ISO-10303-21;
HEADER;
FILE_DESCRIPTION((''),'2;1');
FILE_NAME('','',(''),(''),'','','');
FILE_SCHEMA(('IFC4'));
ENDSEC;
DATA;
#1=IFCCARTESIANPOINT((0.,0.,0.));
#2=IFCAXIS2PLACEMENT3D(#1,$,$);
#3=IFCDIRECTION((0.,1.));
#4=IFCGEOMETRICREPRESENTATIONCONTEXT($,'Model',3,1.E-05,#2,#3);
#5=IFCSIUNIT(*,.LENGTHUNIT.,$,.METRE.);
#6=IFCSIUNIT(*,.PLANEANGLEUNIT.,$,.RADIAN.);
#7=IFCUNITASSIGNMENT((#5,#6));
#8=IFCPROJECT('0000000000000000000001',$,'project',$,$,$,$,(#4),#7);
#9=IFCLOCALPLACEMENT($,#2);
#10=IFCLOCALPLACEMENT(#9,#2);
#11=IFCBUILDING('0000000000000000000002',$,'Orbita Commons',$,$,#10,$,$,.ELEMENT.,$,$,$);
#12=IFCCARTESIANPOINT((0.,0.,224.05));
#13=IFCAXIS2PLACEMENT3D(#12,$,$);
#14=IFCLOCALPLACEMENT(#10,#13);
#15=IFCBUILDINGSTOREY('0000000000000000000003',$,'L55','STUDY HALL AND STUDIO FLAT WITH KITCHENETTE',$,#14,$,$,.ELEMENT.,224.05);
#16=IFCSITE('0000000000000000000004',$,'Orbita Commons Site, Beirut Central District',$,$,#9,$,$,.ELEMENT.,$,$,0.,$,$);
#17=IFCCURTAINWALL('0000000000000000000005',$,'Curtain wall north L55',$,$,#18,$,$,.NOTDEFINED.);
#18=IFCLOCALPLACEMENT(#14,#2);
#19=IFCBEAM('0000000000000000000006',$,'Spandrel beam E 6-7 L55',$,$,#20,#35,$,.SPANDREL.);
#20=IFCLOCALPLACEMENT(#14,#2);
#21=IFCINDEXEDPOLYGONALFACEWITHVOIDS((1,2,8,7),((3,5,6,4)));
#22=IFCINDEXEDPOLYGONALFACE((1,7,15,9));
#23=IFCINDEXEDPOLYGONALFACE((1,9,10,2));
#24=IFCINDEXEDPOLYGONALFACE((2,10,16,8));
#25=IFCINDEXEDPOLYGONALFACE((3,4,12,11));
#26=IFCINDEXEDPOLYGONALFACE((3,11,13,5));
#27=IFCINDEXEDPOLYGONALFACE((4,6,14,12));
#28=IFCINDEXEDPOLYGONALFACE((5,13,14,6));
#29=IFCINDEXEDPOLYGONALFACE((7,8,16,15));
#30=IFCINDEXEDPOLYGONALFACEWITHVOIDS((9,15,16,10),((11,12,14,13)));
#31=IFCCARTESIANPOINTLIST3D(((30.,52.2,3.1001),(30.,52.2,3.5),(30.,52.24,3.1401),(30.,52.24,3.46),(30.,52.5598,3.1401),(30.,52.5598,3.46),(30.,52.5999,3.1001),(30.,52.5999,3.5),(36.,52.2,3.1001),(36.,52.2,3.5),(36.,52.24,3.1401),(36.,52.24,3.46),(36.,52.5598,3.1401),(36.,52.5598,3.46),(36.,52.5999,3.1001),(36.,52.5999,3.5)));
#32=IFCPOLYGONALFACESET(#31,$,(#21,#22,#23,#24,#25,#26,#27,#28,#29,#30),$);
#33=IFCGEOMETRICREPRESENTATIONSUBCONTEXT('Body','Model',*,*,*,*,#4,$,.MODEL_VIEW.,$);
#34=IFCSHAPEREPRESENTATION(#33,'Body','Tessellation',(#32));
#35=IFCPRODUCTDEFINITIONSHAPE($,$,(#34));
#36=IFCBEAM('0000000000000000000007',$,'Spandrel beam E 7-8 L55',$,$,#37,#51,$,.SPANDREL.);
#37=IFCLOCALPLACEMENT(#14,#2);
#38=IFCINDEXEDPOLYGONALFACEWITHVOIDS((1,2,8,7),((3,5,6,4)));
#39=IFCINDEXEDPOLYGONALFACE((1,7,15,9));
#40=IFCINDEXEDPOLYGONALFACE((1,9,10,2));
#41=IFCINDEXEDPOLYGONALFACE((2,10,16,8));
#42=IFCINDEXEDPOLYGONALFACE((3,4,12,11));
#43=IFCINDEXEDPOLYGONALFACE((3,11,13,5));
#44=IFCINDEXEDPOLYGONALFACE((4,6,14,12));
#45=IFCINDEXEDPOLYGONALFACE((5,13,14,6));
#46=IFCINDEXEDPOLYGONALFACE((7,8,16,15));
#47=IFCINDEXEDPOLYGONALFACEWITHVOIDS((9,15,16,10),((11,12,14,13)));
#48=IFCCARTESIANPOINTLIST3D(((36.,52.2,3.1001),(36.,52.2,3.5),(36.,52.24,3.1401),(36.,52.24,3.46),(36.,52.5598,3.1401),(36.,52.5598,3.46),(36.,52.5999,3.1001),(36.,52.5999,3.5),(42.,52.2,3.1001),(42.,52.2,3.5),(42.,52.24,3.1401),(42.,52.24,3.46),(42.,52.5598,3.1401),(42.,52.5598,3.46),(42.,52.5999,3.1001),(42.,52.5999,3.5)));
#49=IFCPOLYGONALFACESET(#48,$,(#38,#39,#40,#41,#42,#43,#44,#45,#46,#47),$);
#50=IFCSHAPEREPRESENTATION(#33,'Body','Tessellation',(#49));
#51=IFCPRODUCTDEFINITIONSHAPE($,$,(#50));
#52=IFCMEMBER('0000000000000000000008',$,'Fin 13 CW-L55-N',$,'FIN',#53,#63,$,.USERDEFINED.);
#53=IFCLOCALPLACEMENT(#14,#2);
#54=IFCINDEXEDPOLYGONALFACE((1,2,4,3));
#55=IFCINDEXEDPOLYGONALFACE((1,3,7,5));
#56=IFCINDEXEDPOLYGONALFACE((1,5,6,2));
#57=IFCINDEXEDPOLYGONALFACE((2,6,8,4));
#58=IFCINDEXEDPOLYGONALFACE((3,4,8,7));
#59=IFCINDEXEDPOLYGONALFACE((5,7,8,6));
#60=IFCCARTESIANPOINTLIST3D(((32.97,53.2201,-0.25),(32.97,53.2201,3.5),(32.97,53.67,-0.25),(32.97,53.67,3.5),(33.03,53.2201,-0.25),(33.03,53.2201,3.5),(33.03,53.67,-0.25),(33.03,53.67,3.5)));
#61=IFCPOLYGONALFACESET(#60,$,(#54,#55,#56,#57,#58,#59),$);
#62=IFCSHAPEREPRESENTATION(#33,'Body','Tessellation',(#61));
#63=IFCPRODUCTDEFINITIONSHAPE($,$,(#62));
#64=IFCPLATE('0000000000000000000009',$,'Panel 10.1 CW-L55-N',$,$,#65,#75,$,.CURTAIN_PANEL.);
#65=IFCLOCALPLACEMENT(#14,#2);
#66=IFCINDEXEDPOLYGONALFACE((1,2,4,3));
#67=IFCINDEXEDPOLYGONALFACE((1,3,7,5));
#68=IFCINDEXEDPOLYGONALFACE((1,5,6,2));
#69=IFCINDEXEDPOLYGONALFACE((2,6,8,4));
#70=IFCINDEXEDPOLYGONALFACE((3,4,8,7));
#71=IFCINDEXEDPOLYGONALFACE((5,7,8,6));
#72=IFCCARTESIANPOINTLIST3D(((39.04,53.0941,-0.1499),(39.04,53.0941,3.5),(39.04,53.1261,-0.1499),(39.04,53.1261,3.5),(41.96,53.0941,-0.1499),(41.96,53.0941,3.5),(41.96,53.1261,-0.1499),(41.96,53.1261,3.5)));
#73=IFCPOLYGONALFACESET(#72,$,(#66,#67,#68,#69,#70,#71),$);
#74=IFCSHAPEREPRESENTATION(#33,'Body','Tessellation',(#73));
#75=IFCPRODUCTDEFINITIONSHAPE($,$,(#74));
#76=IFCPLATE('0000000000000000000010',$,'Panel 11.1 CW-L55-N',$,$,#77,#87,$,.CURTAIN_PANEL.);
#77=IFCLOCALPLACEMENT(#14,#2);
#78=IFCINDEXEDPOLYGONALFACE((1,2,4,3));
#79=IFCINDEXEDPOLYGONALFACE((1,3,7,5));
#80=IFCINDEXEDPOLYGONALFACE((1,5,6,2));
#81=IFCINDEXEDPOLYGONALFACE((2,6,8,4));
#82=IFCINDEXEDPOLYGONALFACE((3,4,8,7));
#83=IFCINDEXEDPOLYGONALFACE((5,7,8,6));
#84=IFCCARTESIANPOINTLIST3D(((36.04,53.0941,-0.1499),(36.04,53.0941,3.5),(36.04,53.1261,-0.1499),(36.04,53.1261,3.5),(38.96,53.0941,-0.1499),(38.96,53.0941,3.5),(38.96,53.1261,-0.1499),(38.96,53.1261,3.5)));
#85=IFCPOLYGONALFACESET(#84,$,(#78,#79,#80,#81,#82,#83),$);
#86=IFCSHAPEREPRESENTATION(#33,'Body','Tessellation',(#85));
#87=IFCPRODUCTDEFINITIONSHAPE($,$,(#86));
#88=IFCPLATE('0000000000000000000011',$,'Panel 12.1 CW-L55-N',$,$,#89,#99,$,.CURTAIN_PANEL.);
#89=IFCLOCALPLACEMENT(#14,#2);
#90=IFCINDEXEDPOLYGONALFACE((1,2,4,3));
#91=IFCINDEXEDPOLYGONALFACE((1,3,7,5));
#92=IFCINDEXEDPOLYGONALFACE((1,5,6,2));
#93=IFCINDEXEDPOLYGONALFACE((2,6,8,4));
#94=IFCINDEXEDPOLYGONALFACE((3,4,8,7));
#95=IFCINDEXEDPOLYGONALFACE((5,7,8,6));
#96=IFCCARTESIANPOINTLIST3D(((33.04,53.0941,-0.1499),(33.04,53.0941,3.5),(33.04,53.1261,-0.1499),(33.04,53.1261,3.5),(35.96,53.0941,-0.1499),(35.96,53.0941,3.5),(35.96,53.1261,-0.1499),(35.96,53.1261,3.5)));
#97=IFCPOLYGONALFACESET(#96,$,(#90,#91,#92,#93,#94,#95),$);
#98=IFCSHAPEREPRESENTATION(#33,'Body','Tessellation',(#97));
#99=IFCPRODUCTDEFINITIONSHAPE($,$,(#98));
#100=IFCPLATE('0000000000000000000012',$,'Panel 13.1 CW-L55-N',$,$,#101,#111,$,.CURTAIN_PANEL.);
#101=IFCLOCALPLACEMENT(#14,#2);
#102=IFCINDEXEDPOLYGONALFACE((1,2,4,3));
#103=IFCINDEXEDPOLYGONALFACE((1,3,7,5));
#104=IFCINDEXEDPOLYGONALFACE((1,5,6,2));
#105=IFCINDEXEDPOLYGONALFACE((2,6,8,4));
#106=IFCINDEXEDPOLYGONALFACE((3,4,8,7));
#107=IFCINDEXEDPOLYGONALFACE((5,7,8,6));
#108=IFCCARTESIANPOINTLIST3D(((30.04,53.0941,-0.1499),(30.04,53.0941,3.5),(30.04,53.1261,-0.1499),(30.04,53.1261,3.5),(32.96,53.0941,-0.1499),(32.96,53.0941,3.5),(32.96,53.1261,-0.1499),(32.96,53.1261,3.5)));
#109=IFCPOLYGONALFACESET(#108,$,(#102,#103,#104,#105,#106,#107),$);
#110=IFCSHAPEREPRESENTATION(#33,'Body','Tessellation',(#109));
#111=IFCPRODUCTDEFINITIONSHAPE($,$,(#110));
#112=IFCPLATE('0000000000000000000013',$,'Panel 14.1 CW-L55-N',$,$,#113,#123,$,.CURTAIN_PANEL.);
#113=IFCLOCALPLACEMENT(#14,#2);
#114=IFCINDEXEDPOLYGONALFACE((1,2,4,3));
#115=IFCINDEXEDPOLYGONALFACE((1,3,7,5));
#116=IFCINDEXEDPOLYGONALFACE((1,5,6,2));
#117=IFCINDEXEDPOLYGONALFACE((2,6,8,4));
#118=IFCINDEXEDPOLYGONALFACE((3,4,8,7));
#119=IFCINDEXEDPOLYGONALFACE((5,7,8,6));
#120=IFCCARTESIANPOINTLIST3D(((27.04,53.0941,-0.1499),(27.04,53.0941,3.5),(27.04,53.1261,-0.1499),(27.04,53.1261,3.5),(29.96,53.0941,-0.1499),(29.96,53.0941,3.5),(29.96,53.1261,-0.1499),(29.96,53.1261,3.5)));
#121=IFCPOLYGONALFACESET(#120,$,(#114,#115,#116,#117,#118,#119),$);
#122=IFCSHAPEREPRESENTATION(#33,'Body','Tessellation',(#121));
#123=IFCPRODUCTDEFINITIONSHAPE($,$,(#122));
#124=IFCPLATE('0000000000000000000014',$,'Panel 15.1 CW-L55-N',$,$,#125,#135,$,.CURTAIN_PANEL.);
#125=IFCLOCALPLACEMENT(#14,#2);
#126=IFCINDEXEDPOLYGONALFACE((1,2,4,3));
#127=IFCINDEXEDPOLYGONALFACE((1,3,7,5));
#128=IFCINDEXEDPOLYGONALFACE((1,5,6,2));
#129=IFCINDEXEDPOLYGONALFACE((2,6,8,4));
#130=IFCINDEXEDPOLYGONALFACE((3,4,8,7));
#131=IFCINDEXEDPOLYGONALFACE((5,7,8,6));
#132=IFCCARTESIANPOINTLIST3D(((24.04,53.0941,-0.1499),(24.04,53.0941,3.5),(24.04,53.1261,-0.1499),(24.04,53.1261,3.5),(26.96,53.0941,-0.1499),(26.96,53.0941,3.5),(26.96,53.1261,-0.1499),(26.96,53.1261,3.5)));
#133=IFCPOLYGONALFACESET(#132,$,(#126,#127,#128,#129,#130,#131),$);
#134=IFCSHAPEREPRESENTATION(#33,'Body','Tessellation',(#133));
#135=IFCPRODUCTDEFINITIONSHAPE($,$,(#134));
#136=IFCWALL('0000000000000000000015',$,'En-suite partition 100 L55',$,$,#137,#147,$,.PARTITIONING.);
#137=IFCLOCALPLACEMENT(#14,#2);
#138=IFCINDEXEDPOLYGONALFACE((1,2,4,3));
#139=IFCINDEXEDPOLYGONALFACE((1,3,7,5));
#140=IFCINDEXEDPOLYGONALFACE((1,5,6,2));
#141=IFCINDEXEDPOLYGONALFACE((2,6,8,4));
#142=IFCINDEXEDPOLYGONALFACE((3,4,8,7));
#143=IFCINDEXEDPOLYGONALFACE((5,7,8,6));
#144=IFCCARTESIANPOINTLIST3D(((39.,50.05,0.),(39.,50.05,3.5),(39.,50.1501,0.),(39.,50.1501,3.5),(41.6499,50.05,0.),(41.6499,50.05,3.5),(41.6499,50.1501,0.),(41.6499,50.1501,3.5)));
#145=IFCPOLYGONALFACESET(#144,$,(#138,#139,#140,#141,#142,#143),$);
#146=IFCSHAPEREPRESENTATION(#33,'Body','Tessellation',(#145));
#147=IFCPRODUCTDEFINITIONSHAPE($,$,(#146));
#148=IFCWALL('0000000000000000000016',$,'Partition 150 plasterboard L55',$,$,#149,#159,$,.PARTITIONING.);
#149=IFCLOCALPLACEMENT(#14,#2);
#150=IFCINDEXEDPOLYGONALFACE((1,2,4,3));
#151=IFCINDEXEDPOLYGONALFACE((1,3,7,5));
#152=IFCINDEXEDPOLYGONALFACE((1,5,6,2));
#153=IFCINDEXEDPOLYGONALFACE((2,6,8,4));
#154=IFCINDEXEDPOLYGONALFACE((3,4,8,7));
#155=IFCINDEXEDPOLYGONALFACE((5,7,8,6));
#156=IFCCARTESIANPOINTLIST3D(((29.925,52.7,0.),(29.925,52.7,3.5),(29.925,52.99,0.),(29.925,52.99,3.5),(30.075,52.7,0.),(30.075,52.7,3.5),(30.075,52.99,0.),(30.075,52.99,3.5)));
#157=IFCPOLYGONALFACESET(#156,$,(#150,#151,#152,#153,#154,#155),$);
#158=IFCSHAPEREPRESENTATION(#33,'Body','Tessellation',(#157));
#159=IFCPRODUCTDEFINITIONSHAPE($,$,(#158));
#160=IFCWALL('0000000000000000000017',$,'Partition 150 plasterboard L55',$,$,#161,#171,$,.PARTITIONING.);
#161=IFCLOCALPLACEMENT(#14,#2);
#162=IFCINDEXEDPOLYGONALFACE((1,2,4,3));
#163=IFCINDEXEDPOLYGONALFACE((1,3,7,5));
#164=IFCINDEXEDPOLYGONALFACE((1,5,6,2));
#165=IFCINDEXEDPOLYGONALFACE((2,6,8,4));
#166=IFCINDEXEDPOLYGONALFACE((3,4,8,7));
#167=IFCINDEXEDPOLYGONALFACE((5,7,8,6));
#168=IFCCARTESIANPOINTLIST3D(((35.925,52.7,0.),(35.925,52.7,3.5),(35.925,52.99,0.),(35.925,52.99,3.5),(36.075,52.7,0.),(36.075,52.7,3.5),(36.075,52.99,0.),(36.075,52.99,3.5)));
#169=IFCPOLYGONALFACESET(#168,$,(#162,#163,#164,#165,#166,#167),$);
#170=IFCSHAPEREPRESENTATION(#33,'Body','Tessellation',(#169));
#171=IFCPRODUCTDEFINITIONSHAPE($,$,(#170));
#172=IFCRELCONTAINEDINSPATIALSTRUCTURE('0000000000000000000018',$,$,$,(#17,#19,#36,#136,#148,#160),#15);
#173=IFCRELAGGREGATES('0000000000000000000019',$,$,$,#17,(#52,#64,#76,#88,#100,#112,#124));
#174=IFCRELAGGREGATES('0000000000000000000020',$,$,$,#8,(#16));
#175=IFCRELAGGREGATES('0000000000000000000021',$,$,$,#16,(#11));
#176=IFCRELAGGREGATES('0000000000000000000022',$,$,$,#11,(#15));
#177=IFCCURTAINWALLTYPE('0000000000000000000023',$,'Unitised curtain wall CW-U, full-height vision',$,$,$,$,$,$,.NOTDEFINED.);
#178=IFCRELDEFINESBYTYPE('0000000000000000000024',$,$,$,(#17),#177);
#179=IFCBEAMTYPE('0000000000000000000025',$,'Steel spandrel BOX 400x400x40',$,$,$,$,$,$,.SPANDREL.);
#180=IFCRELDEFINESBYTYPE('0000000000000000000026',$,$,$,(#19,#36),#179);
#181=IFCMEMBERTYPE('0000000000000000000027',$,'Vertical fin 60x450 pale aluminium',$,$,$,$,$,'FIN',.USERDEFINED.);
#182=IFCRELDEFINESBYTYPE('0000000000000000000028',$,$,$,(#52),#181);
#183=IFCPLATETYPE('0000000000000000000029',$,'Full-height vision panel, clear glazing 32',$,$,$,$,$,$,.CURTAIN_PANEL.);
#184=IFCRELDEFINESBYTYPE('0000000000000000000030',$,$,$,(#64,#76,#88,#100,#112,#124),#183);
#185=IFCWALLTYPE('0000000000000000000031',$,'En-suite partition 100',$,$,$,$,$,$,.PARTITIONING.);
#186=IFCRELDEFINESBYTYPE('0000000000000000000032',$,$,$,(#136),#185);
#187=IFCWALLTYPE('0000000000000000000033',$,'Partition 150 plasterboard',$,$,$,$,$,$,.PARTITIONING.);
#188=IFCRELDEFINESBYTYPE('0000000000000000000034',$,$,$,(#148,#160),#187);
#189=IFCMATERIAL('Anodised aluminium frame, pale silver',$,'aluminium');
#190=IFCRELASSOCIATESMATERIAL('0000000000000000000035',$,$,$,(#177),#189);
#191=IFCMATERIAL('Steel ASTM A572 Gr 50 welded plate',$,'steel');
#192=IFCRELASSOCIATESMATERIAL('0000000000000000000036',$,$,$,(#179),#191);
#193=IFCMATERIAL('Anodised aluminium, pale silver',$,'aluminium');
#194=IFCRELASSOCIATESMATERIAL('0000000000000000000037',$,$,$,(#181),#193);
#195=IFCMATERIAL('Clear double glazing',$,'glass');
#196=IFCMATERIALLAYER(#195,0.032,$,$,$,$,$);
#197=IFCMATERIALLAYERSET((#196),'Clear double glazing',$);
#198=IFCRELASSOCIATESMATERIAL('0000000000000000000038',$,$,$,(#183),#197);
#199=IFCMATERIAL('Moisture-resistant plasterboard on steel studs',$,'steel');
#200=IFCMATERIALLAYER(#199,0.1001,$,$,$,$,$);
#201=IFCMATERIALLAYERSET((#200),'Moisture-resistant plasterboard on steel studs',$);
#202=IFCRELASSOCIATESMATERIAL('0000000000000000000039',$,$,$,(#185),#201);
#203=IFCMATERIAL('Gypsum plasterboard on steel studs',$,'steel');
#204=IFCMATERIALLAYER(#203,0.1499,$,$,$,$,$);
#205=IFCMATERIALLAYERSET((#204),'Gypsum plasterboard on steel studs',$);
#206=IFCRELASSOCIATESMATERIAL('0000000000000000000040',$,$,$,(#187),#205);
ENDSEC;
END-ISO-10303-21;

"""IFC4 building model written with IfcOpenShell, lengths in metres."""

from ifc_helpers import new_model, si_unit, direction, frame, frame_2d, origin, origin_2d, place, context, subcontext, project, spatial, rectangle, hollow_rectangle, extrude, material, layer, layer_set, material_profile, profile_set, type_object, element, aggregate, save


model = new_model("IFC4")

# Units and contexts
model_context = context("Model", 3, precision=1e-05, world=origin(), true_north=direction((0.0, 1.0)))
body_context = subcontext(model_context, "Body", "Model", "MODEL_VIEW")
ifc_project = project(units=[si_unit("LENGTHUNIT", "METRE"), si_unit("PLANEANGLEUNIT", "RADIAN")], contexts=[model_context])

# Site, building, storey
site_placement = place(None, origin())
site = spatial("IfcSite", under=ifc_project, at=site_placement, Name="Orbita Commons Site, Beirut Central District", CompositionType="ELEMENT", RefElevation=0.0)
building_placement = place(site_placement, origin())
building = spatial("IfcBuilding", under=site, at=building_placement, Name="Orbita Commons", CompositionType="ELEMENT")
storey_placement = place(building_placement, frame((0.0, 0.0, 224.05)))
storey = spatial("IfcBuildingStorey", under=building, at=storey_placement, Name="L55", Description="STUDY HALL AND STUDIO FLAT WITH KITCHENETTE", CompositionType="ELEMENT", Elevation=224.05)

# Curtain wall
ifc_material_1 = material(Name="Anodised aluminium frame, pale silver", Category="aluminium")
curtain_wall_type = type_object("IfcCurtainWallType", Name="Unitised curtain wall CW-U, full-height vision", PredefinedType="NOTDEFINED", material=ifc_material_1)
curtain_wall_placement = place(storey_placement, origin())
curtain_wall = element("IfcCurtainWall", 1, at=curtain_wall_placement, inside=storey, type_object=curtain_wall_type, Name="Curtain wall north L55", PredefinedType="NOTDEFINED")

# Beams
ifc_material_2 = material(Name="Steel ASTM A572 Gr 50 welded plate", Category="steel")
ifc_material_profile_1 = material_profile(ifc_material_2, hollow_rectangle(XDim=0.3999, YDim=0.3999, WallThickness=0.04, at=origin_2d()), Name="BOX 400x400x40")
ifc_profile_set_1 = profile_set([ifc_material_profile_1], Name="Steel ASTM A572 Gr 50 welded plate")
beam_type = type_object("IfcBeamType", Name="Steel spandrel BOX 400x400x40", PredefinedType="SPANDREL", material=ifc_profile_set_1)
for number, where, z_axis, x_axis, name in (
    (2, (30.0, 52.3999, 3.3), (1.0, 0.0, 0.0), (0.0, 1.0, 0.0), "Spandrel beam E 6-7 L55"),
    (3, (36.0, 52.3999, 3.3), (1.0, 0.0, 0.0), (0.0, 1.0, 0.0), "Spandrel beam E 7-8 L55"),
):
    element("IfcBeam", number, at=place(storey_placement, frame(where, z_axis=z_axis, x_axis=x_axis)), inside=storey, type_object=beam_type, Name=name, PredefinedType="SPANDREL", context=body_context, shape_type="SweptSolid", body=[
        extrude(hollow_rectangle(XDim=0.3999, YDim=0.3999, WallThickness=0.04, at=origin_2d()), origin(), (0.0, 0.0, 1.0), 6.0),
    ])

# Member
ifc_material_3 = material(Name="Anodised aluminium, pale silver", Category="aluminium")
ifc_material_profile_2 = material_profile(ifc_material_3, rectangle(XDim=0.0601, YDim=0.45, at=origin_2d()), Name="FIN 60x450")
ifc_profile_set_2 = profile_set([ifc_material_profile_2], Name="Anodised aluminium, pale silver")
member_type_1 = type_object("IfcMemberType", Name="Vertical fin 60x450 pale aluminium", ElementType="FIN", PredefinedType="USERDEFINED", material=ifc_profile_set_2)
member_1_placement = place(storey_placement, frame((33.0, 53.4451, -0.25), z_axis=(0.0, 0.0, 1.0), x_axis=(-1.0, 0.0, 0.0)))
member_1 = element("IfcMember", 4, at=member_1_placement, type_object=member_type_1, Name="Fin 13 CW-L55-N", ObjectType="FIN", PredefinedType="USERDEFINED", context=body_context, shape_type="SweptSolid", body=[
    extrude(rectangle(XDim=0.0601, YDim=0.45, at=origin_2d()), origin(), (0.0, 0.0, 1.0), 3.75),
])

# Plates
ifc_material_4 = material(Name="Clear double glazing", Category="glass")
ifc_layer_1 = layer(ifc_material_4, 0.032)
ifc_layer_set_1 = layer_set([ifc_layer_1], Name="Clear double glazing")
plate_type = type_object("IfcPlateType", Name="Full-height vision panel, clear glazing 32", PredefinedType="CURTAIN_PANEL", material=ifc_layer_set_1)
plate_1_placement = place(storey_placement, frame((40.5, 53.1101, -0.1499), z_axis=(0.0, 0.0, 1.0), x_axis=(-1.0, 0.0, 0.0)))
plate_1 = element("IfcPlate", 5, at=plate_1_placement, type_object=plate_type, Name="Panel 10.1 CW-L55-N", PredefinedType="CURTAIN_PANEL", context=body_context, shape_type="SweptSolid", body=[
    extrude(rectangle(XDim=2.9199, YDim=0.032, at=origin_2d()), origin(), (0.0, 0.0, 1.0), 3.6499),
])
plate_2_placement = place(storey_placement, frame((37.5, 53.1101, -0.1499), z_axis=(0.0, 0.0, 1.0), x_axis=(-1.0, 0.0, 0.0)))
plate_2 = element("IfcPlate", 6, at=plate_2_placement, type_object=plate_type, Name="Panel 11.1 CW-L55-N", PredefinedType="CURTAIN_PANEL", context=body_context, shape_type="SweptSolid", body=[
    extrude(rectangle(XDim=2.9199, YDim=0.032, at=origin_2d()), origin(), (0.0, 0.0, 1.0), 3.6499),
])
plate_3_placement = place(storey_placement, frame((34.5, 53.1101, -0.1499), z_axis=(0.0, 0.0, 1.0), x_axis=(-1.0, 0.0, 0.0)))
plate_3 = element("IfcPlate", 7, at=plate_3_placement, type_object=plate_type, Name="Panel 12.1 CW-L55-N", PredefinedType="CURTAIN_PANEL", context=body_context, shape_type="SweptSolid", body=[
    extrude(rectangle(XDim=2.9199, YDim=0.032, at=origin_2d()), origin(), (0.0, 0.0, 1.0), 3.6499),
])
plate_4_placement = place(storey_placement, frame((31.5, 53.1101, -0.1499), z_axis=(0.0, 0.0, 1.0), x_axis=(-1.0, 0.0, 0.0)))
plate_4 = element("IfcPlate", 8, at=plate_4_placement, type_object=plate_type, Name="Panel 13.1 CW-L55-N", PredefinedType="CURTAIN_PANEL", context=body_context, shape_type="SweptSolid", body=[
    extrude(rectangle(XDim=2.9199, YDim=0.032, at=origin_2d()), origin(), (0.0, 0.0, 1.0), 3.6499),
])
plate_5_placement = place(storey_placement, frame((28.5, 53.1101, -0.1499), z_axis=(0.0, 0.0, 1.0), x_axis=(-1.0, 0.0, 0.0)))
plate_5 = element("IfcPlate", 9, at=plate_5_placement, type_object=plate_type, Name="Panel 14.1 CW-L55-N", PredefinedType="CURTAIN_PANEL", context=body_context, shape_type="SweptSolid", body=[
    extrude(rectangle(XDim=2.9199, YDim=0.032, at=origin_2d()), origin(), (0.0, 0.0, 1.0), 3.6499),
])
plate_6_placement = place(storey_placement, frame((25.5, 53.1101, -0.1499), z_axis=(0.0, 0.0, 1.0), x_axis=(-1.0, 0.0, 0.0)))
plate_6 = element("IfcPlate", 10, at=plate_6_placement, type_object=plate_type, Name="Panel 15.1 CW-L55-N", PredefinedType="CURTAIN_PANEL", context=body_context, shape_type="SweptSolid", body=[
    extrude(rectangle(XDim=2.9199, YDim=0.032, at=origin_2d()), origin(), (0.0, 0.0, 1.0), 3.6499),
])
aggregate(curtain_wall, [member_1, plate_1, plate_2, plate_3, plate_4, plate_5, plate_6])

# Walls
ifc_material_5 = material(Name="Moisture-resistant plasterboard on steel studs", Category="steel")
ifc_layer_2 = layer(ifc_material_5, 0.1001)
ifc_layer_set_2 = layer_set([ifc_layer_2], Name="Moisture-resistant plasterboard on steel studs")
wall_type_1 = type_object("IfcWallType", Name="En-suite partition 100", PredefinedType="PARTITIONING", material=ifc_layer_set_2)
wall_placement = place(storey_placement, frame((39.0, 50.1001, 0.0), z_axis=(0.0, 0.0, 1.0), x_axis=(1.0, 0.0, 0.0)))
element("IfcWall", 11, at=wall_placement, inside=storey, type_object=wall_type_1, Name="En-suite partition 100 L55", PredefinedType="PARTITIONING", context=body_context, shape_type="SweptSolid", body=[
    extrude(rectangle(XDim=2.6499, YDim=0.1001, at=frame_2d((1.325, 0.0))), origin(), (0.0, 0.0, 1.0), 3.5),
])
ifc_material_6 = material(Name="Gypsum plasterboard on steel studs", Category="steel")
ifc_layer_3 = layer(ifc_material_6, 0.1499)
ifc_layer_set_3 = layer_set([ifc_layer_3], Name="Gypsum plasterboard on steel studs")
wall_type_2 = type_object("IfcWallType", Name="Partition 150 plasterboard", PredefinedType="PARTITIONING", material=ifc_layer_set_3)
for number, where, z_axis, x_axis, name in (
    (12, (30.0, 52.7, 0.0), (0.0, 0.0, 1.0), (0.0, 1.0, 0.0), "Partition 150 plasterboard L55"),
    (13, (36.0, 52.7, 0.0), (0.0, 0.0, 1.0), (0.0, 1.0, 0.0), "Partition 150 plasterboard L55"),
):
    element("IfcWall", number, at=place(storey_placement, frame(where, z_axis=z_axis, x_axis=x_axis)), inside=storey, type_object=wall_type_2, Name=name, PredefinedType="PARTITIONING", context=body_context, shape_type="SweptSolid", body=[
        extrude(rectangle(XDim=0.29, YDim=0.1499, at=frame_2d((0.145, 0.0))), origin(), (0.0, 0.0, 1.0), 3.5),
    ])

save(model, "model.ifc")
